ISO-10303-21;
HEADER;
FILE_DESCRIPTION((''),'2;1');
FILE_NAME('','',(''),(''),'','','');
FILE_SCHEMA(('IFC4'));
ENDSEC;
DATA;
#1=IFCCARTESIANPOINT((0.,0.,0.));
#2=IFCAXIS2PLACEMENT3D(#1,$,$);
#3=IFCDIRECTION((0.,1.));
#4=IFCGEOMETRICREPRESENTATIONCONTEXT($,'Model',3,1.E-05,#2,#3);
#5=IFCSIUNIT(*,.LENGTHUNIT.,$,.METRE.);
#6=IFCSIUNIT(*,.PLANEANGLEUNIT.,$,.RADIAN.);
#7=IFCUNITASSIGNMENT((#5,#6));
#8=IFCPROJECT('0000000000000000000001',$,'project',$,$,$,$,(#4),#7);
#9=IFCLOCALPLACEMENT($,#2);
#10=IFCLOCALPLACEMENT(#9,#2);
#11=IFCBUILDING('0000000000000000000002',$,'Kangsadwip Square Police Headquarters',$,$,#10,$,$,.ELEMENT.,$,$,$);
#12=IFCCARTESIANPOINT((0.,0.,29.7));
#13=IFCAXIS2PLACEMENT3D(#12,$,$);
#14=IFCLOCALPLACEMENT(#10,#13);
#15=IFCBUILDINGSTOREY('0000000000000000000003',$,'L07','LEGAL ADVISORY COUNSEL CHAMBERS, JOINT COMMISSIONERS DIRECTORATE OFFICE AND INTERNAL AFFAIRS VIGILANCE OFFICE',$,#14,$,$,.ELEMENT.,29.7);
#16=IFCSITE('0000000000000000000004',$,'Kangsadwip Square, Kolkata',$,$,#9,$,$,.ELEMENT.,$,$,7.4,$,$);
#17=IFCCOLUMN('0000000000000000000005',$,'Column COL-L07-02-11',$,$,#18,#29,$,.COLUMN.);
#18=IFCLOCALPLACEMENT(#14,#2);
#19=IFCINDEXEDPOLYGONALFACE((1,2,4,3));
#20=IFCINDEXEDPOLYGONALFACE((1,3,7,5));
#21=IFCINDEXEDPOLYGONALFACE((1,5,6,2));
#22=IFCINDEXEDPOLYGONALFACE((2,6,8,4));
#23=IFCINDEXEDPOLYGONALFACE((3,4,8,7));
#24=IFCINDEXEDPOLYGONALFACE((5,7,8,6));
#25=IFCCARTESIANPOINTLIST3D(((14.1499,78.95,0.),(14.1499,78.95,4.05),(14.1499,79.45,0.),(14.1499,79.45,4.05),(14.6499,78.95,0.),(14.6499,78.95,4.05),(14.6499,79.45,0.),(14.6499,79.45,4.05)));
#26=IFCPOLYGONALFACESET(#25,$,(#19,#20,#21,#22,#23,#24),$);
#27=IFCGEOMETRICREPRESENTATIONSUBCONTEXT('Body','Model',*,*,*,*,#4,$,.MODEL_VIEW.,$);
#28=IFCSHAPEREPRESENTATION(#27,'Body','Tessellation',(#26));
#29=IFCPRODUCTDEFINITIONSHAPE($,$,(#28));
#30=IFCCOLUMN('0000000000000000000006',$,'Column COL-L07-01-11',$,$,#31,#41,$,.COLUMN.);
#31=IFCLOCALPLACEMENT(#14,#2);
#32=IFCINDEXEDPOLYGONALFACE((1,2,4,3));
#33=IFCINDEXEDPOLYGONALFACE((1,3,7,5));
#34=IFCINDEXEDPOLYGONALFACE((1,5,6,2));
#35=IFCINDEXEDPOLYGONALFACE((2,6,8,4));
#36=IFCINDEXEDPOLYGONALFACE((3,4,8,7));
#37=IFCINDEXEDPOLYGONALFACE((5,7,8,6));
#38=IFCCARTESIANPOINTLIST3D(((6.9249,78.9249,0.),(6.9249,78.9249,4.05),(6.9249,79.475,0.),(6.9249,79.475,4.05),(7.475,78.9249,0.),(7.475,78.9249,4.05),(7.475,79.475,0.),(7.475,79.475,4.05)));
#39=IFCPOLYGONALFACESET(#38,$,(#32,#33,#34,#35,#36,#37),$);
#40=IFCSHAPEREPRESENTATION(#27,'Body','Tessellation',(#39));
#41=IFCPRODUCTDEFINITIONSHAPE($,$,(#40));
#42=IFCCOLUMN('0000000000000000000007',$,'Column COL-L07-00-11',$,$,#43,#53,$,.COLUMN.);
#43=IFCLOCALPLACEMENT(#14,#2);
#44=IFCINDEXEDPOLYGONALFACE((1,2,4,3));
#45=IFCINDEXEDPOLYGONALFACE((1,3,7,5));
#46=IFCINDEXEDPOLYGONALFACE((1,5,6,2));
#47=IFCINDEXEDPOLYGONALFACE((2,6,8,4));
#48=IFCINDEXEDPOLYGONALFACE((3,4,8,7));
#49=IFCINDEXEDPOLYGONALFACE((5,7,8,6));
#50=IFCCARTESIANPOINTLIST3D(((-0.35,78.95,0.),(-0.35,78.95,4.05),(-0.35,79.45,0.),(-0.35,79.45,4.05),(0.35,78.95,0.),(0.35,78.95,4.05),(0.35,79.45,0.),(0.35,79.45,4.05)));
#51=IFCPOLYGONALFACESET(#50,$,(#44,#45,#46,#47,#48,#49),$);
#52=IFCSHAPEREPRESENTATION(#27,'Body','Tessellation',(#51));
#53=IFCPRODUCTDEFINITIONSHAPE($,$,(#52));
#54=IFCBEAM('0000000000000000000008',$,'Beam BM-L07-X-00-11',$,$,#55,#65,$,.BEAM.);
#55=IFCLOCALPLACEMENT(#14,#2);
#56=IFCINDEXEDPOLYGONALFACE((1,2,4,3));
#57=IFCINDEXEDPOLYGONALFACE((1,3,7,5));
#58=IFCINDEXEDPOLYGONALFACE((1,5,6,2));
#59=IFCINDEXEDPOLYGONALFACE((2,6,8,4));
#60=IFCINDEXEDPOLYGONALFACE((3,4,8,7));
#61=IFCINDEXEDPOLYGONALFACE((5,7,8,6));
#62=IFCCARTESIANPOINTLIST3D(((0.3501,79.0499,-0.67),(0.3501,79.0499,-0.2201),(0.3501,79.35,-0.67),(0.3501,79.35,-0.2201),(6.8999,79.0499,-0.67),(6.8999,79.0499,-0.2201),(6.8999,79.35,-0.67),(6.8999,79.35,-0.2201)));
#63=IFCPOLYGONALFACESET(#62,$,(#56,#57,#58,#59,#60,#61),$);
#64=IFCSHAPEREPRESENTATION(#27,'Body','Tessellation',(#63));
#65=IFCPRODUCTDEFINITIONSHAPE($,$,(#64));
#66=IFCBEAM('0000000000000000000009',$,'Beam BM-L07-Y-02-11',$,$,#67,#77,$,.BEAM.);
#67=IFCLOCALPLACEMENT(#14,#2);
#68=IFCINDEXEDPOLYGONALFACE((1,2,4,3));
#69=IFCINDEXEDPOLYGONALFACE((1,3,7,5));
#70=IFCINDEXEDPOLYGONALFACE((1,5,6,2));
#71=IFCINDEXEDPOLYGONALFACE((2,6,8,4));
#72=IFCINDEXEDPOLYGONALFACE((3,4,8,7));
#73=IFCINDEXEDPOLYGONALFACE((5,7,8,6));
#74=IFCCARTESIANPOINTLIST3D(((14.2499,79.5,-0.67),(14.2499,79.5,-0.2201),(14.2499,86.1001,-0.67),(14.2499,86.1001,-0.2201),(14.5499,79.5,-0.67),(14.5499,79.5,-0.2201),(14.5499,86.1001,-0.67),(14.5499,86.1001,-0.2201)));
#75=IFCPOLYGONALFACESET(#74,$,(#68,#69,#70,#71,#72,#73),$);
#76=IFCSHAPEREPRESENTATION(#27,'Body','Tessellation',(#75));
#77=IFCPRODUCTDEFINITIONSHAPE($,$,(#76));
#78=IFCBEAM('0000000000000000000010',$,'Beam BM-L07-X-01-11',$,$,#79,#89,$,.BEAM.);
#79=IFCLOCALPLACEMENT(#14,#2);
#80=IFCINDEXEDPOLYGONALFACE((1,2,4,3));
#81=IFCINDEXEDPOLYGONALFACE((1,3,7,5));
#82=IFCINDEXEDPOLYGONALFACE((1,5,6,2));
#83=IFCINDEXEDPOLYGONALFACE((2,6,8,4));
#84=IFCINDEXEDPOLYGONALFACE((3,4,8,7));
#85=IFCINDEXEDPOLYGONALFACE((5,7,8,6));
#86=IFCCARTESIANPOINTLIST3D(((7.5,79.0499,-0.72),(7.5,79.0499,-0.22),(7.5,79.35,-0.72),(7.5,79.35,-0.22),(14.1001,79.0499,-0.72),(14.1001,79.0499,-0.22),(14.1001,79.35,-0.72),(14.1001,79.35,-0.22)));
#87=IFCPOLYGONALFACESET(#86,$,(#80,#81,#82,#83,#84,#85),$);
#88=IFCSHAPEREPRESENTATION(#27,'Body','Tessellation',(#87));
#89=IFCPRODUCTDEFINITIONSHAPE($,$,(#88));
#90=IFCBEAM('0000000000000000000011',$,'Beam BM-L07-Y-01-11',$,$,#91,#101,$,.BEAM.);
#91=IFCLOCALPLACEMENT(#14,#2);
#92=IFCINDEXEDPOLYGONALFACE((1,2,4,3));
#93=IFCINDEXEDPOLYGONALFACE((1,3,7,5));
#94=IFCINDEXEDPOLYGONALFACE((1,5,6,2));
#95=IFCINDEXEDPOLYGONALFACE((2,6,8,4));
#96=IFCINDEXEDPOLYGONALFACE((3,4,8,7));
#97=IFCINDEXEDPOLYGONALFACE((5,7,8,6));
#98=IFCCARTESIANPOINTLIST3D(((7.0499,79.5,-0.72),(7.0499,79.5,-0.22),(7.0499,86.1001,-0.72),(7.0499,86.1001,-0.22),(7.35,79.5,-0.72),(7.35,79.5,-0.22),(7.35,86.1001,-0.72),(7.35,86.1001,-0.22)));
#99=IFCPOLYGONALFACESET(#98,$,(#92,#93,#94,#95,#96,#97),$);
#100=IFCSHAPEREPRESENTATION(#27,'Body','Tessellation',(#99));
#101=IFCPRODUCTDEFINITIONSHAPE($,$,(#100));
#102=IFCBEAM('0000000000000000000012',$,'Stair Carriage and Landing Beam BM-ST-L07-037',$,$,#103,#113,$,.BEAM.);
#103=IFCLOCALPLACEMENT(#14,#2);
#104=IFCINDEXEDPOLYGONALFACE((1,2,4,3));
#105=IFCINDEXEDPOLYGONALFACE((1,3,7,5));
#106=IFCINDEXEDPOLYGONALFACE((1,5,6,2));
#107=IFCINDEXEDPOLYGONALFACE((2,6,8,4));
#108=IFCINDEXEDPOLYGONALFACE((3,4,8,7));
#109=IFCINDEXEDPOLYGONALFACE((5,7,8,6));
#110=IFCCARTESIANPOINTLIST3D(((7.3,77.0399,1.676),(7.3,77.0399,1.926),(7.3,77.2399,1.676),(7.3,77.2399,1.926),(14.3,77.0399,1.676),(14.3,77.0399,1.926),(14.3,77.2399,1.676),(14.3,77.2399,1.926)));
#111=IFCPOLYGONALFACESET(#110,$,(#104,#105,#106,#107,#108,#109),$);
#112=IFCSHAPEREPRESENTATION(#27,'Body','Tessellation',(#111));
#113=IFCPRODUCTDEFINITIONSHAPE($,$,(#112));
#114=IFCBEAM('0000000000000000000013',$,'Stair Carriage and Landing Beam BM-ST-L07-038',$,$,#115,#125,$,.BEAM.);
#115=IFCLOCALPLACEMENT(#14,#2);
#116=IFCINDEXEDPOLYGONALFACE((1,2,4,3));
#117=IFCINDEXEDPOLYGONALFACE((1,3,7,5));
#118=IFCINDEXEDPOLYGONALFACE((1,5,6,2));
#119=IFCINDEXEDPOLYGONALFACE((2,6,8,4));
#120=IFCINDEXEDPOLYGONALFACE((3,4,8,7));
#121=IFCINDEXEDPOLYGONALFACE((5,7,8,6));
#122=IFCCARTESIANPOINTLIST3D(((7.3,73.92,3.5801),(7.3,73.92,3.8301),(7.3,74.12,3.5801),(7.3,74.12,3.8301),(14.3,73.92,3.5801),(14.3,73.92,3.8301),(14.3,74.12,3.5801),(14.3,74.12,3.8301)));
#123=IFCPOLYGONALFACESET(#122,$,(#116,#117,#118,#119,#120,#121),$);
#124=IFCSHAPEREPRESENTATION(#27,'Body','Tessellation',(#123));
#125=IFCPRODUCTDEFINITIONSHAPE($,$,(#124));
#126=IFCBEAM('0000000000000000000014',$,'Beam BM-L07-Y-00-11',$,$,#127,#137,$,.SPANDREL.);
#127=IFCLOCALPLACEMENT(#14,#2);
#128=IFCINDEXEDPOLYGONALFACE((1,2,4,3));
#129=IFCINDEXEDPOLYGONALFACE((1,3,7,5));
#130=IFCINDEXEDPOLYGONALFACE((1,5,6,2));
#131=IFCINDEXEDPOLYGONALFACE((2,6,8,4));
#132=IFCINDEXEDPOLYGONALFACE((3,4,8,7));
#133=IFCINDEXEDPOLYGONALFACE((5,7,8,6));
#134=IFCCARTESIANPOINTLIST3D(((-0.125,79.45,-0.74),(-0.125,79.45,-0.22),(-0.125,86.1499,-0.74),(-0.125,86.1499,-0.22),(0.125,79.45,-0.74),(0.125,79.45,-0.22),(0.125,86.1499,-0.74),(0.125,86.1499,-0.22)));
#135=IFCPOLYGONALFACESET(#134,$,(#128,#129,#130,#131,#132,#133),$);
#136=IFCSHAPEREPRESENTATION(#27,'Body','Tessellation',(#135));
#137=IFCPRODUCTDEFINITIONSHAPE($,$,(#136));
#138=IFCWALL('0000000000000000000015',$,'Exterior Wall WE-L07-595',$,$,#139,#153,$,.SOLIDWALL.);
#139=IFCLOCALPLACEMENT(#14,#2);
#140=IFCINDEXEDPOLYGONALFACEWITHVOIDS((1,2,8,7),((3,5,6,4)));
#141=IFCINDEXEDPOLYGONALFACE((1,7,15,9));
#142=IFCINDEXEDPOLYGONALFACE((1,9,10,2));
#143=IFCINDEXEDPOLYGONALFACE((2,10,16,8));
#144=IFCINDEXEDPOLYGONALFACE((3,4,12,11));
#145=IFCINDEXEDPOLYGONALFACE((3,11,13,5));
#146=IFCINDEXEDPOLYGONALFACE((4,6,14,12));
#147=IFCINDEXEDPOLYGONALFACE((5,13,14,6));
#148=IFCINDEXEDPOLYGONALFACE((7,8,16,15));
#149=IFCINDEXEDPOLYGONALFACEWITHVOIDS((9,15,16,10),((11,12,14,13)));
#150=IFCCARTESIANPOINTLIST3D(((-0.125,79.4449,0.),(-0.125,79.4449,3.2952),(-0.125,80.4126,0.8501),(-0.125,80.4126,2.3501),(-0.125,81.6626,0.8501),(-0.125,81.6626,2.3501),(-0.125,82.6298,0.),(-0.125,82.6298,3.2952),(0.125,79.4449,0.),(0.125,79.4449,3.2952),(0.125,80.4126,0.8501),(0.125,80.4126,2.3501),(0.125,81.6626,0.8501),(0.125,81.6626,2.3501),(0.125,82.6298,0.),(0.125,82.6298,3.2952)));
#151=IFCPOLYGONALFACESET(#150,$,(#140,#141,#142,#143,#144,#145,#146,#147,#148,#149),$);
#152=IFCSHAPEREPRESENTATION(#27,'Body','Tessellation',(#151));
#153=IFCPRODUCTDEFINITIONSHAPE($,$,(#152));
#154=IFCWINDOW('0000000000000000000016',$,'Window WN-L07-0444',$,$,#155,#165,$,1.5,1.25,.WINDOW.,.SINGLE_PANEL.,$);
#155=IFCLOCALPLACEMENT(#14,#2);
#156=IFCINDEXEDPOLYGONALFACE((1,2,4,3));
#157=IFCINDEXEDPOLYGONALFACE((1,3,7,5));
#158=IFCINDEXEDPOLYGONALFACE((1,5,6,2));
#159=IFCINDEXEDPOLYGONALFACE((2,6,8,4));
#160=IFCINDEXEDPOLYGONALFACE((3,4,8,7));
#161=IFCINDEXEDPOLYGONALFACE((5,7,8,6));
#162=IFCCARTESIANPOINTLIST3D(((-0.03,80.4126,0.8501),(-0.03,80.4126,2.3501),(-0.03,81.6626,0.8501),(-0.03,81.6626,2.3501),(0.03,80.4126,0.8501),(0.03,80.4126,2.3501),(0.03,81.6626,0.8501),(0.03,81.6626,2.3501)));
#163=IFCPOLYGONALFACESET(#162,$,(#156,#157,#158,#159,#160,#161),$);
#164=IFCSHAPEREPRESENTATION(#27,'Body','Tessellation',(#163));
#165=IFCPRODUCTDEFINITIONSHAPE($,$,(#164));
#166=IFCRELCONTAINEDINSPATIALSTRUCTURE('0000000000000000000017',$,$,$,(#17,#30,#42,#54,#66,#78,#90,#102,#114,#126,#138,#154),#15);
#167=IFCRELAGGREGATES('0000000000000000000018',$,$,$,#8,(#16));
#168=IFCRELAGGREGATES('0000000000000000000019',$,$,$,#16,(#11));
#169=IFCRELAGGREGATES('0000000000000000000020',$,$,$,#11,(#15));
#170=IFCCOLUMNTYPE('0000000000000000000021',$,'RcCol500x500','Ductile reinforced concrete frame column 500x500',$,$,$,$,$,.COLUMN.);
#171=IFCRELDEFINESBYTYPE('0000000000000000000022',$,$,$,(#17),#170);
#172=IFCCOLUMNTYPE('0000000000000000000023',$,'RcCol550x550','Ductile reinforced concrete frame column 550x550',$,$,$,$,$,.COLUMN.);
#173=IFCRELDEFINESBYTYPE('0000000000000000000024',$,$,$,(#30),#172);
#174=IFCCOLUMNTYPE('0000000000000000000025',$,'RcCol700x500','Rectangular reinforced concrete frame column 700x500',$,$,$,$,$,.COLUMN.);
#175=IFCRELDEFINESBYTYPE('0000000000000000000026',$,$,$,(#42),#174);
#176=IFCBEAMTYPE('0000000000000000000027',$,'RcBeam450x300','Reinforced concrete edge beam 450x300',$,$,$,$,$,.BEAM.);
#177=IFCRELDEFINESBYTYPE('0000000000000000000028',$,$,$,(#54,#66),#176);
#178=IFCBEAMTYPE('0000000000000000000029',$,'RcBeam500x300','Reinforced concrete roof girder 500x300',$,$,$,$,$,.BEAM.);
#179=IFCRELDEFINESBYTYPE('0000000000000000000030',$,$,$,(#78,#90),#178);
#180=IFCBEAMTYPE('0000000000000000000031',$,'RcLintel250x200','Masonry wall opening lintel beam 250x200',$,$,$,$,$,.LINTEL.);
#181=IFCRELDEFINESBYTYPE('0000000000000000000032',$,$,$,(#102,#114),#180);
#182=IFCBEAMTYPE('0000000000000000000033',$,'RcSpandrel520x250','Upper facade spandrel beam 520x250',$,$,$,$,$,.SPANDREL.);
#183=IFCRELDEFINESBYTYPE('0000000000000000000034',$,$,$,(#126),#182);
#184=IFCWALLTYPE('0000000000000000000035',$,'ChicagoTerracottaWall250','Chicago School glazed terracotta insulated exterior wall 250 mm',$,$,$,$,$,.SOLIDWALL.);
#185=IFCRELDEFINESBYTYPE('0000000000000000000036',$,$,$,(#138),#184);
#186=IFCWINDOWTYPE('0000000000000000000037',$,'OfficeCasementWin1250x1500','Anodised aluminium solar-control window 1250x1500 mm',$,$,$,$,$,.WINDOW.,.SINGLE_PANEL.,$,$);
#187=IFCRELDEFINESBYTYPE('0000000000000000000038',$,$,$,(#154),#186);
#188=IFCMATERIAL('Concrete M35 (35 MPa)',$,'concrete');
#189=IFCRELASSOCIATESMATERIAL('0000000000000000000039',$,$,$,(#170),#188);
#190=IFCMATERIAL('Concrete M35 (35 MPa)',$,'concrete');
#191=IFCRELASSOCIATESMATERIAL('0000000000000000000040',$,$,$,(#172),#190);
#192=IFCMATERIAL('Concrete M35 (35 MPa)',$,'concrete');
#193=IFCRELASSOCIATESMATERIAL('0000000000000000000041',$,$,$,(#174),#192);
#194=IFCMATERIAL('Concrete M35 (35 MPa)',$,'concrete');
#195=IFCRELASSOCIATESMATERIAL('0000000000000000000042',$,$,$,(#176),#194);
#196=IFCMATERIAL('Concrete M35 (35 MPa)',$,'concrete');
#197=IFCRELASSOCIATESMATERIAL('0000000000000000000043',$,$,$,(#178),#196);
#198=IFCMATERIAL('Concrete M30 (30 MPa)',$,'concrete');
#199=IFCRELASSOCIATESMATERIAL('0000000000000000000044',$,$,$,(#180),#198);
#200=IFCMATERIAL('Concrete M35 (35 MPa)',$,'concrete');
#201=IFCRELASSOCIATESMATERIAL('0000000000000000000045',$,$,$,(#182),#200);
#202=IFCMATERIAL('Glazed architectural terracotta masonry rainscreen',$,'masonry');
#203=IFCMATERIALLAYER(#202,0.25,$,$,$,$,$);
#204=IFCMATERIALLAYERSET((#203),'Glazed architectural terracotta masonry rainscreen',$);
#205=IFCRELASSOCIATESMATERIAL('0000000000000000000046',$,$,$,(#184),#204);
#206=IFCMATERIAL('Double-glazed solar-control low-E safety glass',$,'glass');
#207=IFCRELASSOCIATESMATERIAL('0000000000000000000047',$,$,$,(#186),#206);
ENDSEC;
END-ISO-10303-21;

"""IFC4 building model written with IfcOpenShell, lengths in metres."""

from ifc_helpers import new_model, si_unit, direction, frame, frame_2d, origin, origin_2d, place, context, subcontext, project, spatial, rectangle, extrude, material, layer, layer_set, material_profile, profile_set, type_object, element, fill, save


model = new_model("IFC4")

# Units and contexts
model_context = context("Model", 3, precision=1e-05, world=origin(), true_north=direction((0.0, 1.0)))
body_context = subcontext(model_context, "Body", "Model", "MODEL_VIEW")
ifc_project = project(units=[si_unit("LENGTHUNIT", "METRE"), si_unit("PLANEANGLEUNIT", "RADIAN")], contexts=[model_context])

# Site, building, storey
site_placement = place(None, origin())
site = spatial("IfcSite", under=ifc_project, at=site_placement, Name="Kangsadwip Square, Kolkata", CompositionType="ELEMENT", RefElevation=7.4)
building_placement = place(site_placement, origin())
building = spatial("IfcBuilding", under=site, at=building_placement, Name="Kangsadwip Square Police Headquarters", CompositionType="ELEMENT")
storey_placement = place(building_placement, frame((0.0, 0.0, 29.7)))
storey = spatial("IfcBuildingStorey", under=building, at=storey_placement, Name="L07", Description="LEGAL ADVISORY COUNSEL CHAMBERS, JOINT COMMISSIONERS DIRECTORATE OFFICE AND INTERNAL AFFAIRS VIGILANCE OFFICE", CompositionType="ELEMENT", Elevation=29.7)

# Columns
ifc_material_1 = material(Name="Concrete M35 (35 MPa)", Category="concrete")
ifc_material_profile_1 = material_profile(ifc_material_1, rectangle(XDim=0.5, YDim=0.5, at=origin_2d()), Name="RC COL 500X500")
ifc_profile_set_1 = profile_set([ifc_material_profile_1], Name="Concrete M35 (35 MPa)")
column_type_1 = type_object("IfcColumnType", Name="RcCol500x500", Description="Ductile reinforced concrete frame column 500x500", PredefinedType="COLUMN", material=ifc_profile_set_1)
column_1_placement = place(storey_placement, frame((14.3999, 79.2, 0.0), z_axis=(0.0, 0.0, 1.0), x_axis=(1.0, 0.0, 0.0)))
element("IfcColumn", 1, at=column_1_placement, inside=storey, type_object=column_type_1, Name="Column COL-L07-02-11", PredefinedType="COLUMN", context=body_context, shape_type="SweptSolid", body=[
    extrude(rectangle(XDim=0.5, YDim=0.5, at=origin_2d()), origin(), (0.0, 0.0, 1.0), 4.05),
])
ifc_material_2 = material(Name="Concrete M35 (35 MPa)", Category="concrete")
ifc_material_profile_2 = material_profile(ifc_material_2, rectangle(XDim=0.55, YDim=0.55, at=origin_2d()), Name="RC COL 550X550")
ifc_profile_set_2 = profile_set([ifc_material_profile_2], Name="Concrete M35 (35 MPa)")
column_type_2 = type_object("IfcColumnType", Name="RcCol550x550", Description="Ductile reinforced concrete frame column 550x550", PredefinedType="COLUMN", material=ifc_profile_set_2)
column_2_placement = place(storey_placement, frame((7.2, 79.2, 0.0), z_axis=(0.0, 0.0, 1.0), x_axis=(1.0, 0.0, 0.0)))
element("IfcColumn", 2, at=column_2_placement, inside=storey, type_object=column_type_2, Name="Column COL-L07-01-11", PredefinedType="COLUMN", context=body_context, shape_type="SweptSolid", body=[
    extrude(rectangle(XDim=0.55, YDim=0.55, at=origin_2d()), origin(), (0.0, 0.0, 1.0), 4.05),
])
ifc_material_3 = material(Name="Concrete M35 (35 MPa)", Category="concrete")
ifc_material_profile_3 = material_profile(ifc_material_3, rectangle(XDim=0.5, YDim=0.7, at=origin_2d()), Name="RC COL 700X500")
ifc_profile_set_3 = profile_set([ifc_material_profile_3], Name="Concrete M35 (35 MPa)")
column_type_3 = type_object("IfcColumnType", Name="RcCol700x500", Description="Rectangular reinforced concrete frame column 700x500", PredefinedType="COLUMN", material=ifc_profile_set_3)
column_3_placement = place(storey_placement, frame((0.0, 79.2, 0.0), z_axis=(0.0, 0.0, 1.0), x_axis=(0.0, 1.0, 0.0)))
element("IfcColumn", 3, at=column_3_placement, inside=storey, type_object=column_type_3, Name="Column COL-L07-00-11", PredefinedType="COLUMN", context=body_context, shape_type="SweptSolid", body=[
    extrude(rectangle(XDim=0.5, YDim=0.7, at=origin_2d()), origin(), (0.0, 0.0, 1.0), 4.05),
])

# Beams
ifc_material_4 = material(Name="Concrete M35 (35 MPa)", Category="concrete")
ifc_material_profile_4 = material_profile(ifc_material_4, rectangle(XDim=0.3, YDim=0.45, at=origin_2d()), Name="RC BM 450X300")
ifc_profile_set_4 = profile_set([ifc_material_profile_4], Name="Concrete M35 (35 MPa)")
beam_type_1 = type_object("IfcBeamType", Name="RcBeam450x300", Description="Reinforced concrete edge beam 450x300", PredefinedType="BEAM", material=ifc_profile_set_4)
beam_1_placement = place(storey_placement, frame((0.3501, 79.2, -0.4451), z_axis=(1.0, 0.0, 0.0), x_axis=(0.0, 1.0, 0.0)))
element("IfcBeam", 4, at=beam_1_placement, inside=storey, type_object=beam_type_1, Name="Beam BM-L07-X-00-11", PredefinedType="BEAM", context=body_context, shape_type="SweptSolid", body=[
    extrude(rectangle(XDim=0.3, YDim=0.45, at=origin_2d()), origin(), (0.0, 0.0, 1.0), 6.5498),
])
beam_2_placement = place(storey_placement, frame((14.3999, 79.5, -0.4451), z_axis=(0.0, 1.0, 0.0), x_axis=(-1.0, 0.0, 0.0)))
element("IfcBeam", 5, at=beam_2_placement, inside=storey, type_object=beam_type_1, Name="Beam BM-L07-Y-02-11", PredefinedType="BEAM", context=body_context, shape_type="SweptSolid", body=[
    extrude(rectangle(XDim=0.3, YDim=0.45, at=origin_2d()), origin(), (0.0, 0.0, 1.0), 6.6001),
])
ifc_material_5 = material(Name="Concrete M35 (35 MPa)", Category="concrete")
ifc_material_profile_5 = material_profile(ifc_material_5, rectangle(XDim=0.3, YDim=0.5, at=origin_2d()), Name="RC BM 500X300")
ifc_profile_set_5 = profile_set([ifc_material_profile_5], Name="Concrete M35 (35 MPa)")
beam_type_2 = type_object("IfcBeamType", Name="RcBeam500x300", Description="Reinforced concrete roof girder 500x300", PredefinedType="BEAM", material=ifc_profile_set_5)
for number, where, z_axis, x_axis, name in (
    (6, (7.5, 79.2, -0.47), (1.0, 0.0, 0.0), (0.0, 1.0, 0.0), "Beam BM-L07-X-01-11"),
    (7, (7.2, 79.5, -0.47), (0.0, 1.0, 0.0), (-1.0, 0.0, 0.0), "Beam BM-L07-Y-01-11"),
):
    element("IfcBeam", number, at=place(storey_placement, frame(where, z_axis=z_axis, x_axis=x_axis)), inside=storey, type_object=beam_type_2, Name=name, PredefinedType="BEAM", context=body_context, shape_type="SweptSolid", body=[
        extrude(rectangle(XDim=0.3, YDim=0.5, at=origin_2d()), origin(), (0.0, 0.0, 1.0), 6.6001),
    ])
ifc_material_6 = material(Name="Concrete M30 (30 MPa)", Category="concrete")
ifc_material_profile_6 = material_profile(ifc_material_6, rectangle(XDim=0.2, YDim=0.25, at=origin_2d()), Name="RC LNT 250X200")
ifc_profile_set_6 = profile_set([ifc_material_profile_6], Name="Concrete M30 (30 MPa)")
beam_type_3 = type_object("IfcBeamType", Name="RcLintel250x200", Description="Masonry wall opening lintel beam 250x200", PredefinedType="LINTEL", material=ifc_profile_set_6)
for number, where, z_axis, x_axis, name in (
    (8, (7.3, 77.1399, 1.801), (1.0, 0.0, 0.0), (0.0, 1.0, 0.0), "Stair Carriage and Landing Beam BM-ST-L07-037"),
    (9, (7.3, 74.02, 3.7051), (1.0, 0.0, 0.0), (0.0, 1.0, 0.0), "Stair Carriage and Landing Beam BM-ST-L07-038"),
):
    element("IfcBeam", number, at=place(storey_placement, frame(where, z_axis=z_axis, x_axis=x_axis)), inside=storey, type_object=beam_type_3, Name=name, PredefinedType="BEAM", context=body_context, shape_type="SweptSolid", body=[
        extrude(rectangle(XDim=0.2, YDim=0.25, at=origin_2d()), origin(), (0.0, 0.0, 1.0), 7.0),
    ])
ifc_material_7 = material(Name="Concrete M35 (35 MPa)", Category="concrete")
ifc_material_profile_7 = material_profile(ifc_material_7, rectangle(XDim=0.25, YDim=0.52, at=origin_2d()), Name="RC SPN 520X250")
ifc_profile_set_7 = profile_set([ifc_material_profile_7], Name="Concrete M35 (35 MPa)")
beam_type_4 = type_object("IfcBeamType", Name="RcSpandrel520x250", Description="Upper facade spandrel beam 520x250", PredefinedType="SPANDREL", material=ifc_profile_set_7)
beam_3_placement = place(storey_placement, frame((0.0, 79.45, -0.48), z_axis=(0.0, 1.0, 0.0), x_axis=(-1.0, 0.0, 0.0)))
element("IfcBeam", 10, at=beam_3_placement, inside=storey, type_object=beam_type_4, Name="Beam BM-L07-Y-00-11", PredefinedType="SPANDREL", context=body_context, shape_type="SweptSolid", body=[
    extrude(rectangle(XDim=0.25, YDim=0.52, at=origin_2d()), origin(), (0.0, 0.0, 1.0), 6.7),
])

# Wall, opening, window
ifc_material_8 = material(Name="Glazed architectural terracotta masonry rainscreen", Category="masonry")
ifc_layer_1 = layer(ifc_material_8, 0.25)
ifc_layer_set_1 = layer_set([ifc_layer_1], Name="Glazed architectural terracotta masonry rainscreen")
wall_type_1 = type_object("IfcWallType", Name="ChicagoTerracottaWall250", Description="Chicago School glazed terracotta insulated exterior wall 250 mm", PredefinedType="SOLIDWALL", material=ifc_layer_set_1)
wall_1_placement = place(storey_placement, frame((0.0, 79.4451, 0.0), z_axis=(0.0, 0.0, 1.0), x_axis=(0.0, 1.0, 0.0)))
wall_1 = element("IfcWall", 11, at=wall_1_placement, inside=storey, type_object=wall_type_1, Name="Exterior Wall WE-L07-595", PredefinedType="SOLIDWALL", context=body_context, shape_type="SweptSolid", body=[
    extrude(rectangle(XDim=3.1848, YDim=0.25, at=frame_2d((1.5923, 0.0))), origin(), (0.0, 0.0, 1.0), 3.2952),
])
opening_placement = place(wall_1_placement, frame((0.9675, 0.0, 0.8501)))
opening = element("IfcOpeningElement", 12, at=opening_placement, cuts=wall_1, PredefinedType="OPENING", context=body_context, shape_type="SweptSolid", body=[
    extrude(rectangle(XDim=1.25, YDim=1.5, at=frame_2d((0.625, 0.75))), frame((0.0, 0.135, 0.0), z_axis=(0.0, -1.0, 0.0), x_axis=(1.0, 0.0, 0.0)), (0.0, 0.0, 1.0), 0.27),
])
ifc_material_9 = material(Name="Double-glazed solar-control low-E safety glass", Category="glass")
window_type = type_object("IfcWindowType", Name="OfficeCasementWin1250x1500", Description="Anodised aluminium solar-control window 1250x1500 mm", PartitioningType="SINGLE_PANEL", PredefinedType="WINDOW", material=ifc_material_9)
window_placement = place(opening_placement, origin())
window = element("IfcWindow", 13, at=window_placement, inside=storey, type_object=window_type, Name="Window WN-L07-0444", OverallHeight=1.5, OverallWidth=1.25, PartitioningType="SINGLE_PANEL", PredefinedType="WINDOW", context=body_context, shape_type="SweptSolid", body=[
    extrude(rectangle(XDim=1.25, YDim=1.5, at=frame_2d((0.625, 0.75))), frame((0.0, 0.03, 0.0), z_axis=(0.0, -1.0, 0.0), x_axis=(1.0, 0.0, 0.0)), (0.0, 0.0, 1.0), 0.0601),
])
fill(opening, window)

save(model, "model.ifc")
